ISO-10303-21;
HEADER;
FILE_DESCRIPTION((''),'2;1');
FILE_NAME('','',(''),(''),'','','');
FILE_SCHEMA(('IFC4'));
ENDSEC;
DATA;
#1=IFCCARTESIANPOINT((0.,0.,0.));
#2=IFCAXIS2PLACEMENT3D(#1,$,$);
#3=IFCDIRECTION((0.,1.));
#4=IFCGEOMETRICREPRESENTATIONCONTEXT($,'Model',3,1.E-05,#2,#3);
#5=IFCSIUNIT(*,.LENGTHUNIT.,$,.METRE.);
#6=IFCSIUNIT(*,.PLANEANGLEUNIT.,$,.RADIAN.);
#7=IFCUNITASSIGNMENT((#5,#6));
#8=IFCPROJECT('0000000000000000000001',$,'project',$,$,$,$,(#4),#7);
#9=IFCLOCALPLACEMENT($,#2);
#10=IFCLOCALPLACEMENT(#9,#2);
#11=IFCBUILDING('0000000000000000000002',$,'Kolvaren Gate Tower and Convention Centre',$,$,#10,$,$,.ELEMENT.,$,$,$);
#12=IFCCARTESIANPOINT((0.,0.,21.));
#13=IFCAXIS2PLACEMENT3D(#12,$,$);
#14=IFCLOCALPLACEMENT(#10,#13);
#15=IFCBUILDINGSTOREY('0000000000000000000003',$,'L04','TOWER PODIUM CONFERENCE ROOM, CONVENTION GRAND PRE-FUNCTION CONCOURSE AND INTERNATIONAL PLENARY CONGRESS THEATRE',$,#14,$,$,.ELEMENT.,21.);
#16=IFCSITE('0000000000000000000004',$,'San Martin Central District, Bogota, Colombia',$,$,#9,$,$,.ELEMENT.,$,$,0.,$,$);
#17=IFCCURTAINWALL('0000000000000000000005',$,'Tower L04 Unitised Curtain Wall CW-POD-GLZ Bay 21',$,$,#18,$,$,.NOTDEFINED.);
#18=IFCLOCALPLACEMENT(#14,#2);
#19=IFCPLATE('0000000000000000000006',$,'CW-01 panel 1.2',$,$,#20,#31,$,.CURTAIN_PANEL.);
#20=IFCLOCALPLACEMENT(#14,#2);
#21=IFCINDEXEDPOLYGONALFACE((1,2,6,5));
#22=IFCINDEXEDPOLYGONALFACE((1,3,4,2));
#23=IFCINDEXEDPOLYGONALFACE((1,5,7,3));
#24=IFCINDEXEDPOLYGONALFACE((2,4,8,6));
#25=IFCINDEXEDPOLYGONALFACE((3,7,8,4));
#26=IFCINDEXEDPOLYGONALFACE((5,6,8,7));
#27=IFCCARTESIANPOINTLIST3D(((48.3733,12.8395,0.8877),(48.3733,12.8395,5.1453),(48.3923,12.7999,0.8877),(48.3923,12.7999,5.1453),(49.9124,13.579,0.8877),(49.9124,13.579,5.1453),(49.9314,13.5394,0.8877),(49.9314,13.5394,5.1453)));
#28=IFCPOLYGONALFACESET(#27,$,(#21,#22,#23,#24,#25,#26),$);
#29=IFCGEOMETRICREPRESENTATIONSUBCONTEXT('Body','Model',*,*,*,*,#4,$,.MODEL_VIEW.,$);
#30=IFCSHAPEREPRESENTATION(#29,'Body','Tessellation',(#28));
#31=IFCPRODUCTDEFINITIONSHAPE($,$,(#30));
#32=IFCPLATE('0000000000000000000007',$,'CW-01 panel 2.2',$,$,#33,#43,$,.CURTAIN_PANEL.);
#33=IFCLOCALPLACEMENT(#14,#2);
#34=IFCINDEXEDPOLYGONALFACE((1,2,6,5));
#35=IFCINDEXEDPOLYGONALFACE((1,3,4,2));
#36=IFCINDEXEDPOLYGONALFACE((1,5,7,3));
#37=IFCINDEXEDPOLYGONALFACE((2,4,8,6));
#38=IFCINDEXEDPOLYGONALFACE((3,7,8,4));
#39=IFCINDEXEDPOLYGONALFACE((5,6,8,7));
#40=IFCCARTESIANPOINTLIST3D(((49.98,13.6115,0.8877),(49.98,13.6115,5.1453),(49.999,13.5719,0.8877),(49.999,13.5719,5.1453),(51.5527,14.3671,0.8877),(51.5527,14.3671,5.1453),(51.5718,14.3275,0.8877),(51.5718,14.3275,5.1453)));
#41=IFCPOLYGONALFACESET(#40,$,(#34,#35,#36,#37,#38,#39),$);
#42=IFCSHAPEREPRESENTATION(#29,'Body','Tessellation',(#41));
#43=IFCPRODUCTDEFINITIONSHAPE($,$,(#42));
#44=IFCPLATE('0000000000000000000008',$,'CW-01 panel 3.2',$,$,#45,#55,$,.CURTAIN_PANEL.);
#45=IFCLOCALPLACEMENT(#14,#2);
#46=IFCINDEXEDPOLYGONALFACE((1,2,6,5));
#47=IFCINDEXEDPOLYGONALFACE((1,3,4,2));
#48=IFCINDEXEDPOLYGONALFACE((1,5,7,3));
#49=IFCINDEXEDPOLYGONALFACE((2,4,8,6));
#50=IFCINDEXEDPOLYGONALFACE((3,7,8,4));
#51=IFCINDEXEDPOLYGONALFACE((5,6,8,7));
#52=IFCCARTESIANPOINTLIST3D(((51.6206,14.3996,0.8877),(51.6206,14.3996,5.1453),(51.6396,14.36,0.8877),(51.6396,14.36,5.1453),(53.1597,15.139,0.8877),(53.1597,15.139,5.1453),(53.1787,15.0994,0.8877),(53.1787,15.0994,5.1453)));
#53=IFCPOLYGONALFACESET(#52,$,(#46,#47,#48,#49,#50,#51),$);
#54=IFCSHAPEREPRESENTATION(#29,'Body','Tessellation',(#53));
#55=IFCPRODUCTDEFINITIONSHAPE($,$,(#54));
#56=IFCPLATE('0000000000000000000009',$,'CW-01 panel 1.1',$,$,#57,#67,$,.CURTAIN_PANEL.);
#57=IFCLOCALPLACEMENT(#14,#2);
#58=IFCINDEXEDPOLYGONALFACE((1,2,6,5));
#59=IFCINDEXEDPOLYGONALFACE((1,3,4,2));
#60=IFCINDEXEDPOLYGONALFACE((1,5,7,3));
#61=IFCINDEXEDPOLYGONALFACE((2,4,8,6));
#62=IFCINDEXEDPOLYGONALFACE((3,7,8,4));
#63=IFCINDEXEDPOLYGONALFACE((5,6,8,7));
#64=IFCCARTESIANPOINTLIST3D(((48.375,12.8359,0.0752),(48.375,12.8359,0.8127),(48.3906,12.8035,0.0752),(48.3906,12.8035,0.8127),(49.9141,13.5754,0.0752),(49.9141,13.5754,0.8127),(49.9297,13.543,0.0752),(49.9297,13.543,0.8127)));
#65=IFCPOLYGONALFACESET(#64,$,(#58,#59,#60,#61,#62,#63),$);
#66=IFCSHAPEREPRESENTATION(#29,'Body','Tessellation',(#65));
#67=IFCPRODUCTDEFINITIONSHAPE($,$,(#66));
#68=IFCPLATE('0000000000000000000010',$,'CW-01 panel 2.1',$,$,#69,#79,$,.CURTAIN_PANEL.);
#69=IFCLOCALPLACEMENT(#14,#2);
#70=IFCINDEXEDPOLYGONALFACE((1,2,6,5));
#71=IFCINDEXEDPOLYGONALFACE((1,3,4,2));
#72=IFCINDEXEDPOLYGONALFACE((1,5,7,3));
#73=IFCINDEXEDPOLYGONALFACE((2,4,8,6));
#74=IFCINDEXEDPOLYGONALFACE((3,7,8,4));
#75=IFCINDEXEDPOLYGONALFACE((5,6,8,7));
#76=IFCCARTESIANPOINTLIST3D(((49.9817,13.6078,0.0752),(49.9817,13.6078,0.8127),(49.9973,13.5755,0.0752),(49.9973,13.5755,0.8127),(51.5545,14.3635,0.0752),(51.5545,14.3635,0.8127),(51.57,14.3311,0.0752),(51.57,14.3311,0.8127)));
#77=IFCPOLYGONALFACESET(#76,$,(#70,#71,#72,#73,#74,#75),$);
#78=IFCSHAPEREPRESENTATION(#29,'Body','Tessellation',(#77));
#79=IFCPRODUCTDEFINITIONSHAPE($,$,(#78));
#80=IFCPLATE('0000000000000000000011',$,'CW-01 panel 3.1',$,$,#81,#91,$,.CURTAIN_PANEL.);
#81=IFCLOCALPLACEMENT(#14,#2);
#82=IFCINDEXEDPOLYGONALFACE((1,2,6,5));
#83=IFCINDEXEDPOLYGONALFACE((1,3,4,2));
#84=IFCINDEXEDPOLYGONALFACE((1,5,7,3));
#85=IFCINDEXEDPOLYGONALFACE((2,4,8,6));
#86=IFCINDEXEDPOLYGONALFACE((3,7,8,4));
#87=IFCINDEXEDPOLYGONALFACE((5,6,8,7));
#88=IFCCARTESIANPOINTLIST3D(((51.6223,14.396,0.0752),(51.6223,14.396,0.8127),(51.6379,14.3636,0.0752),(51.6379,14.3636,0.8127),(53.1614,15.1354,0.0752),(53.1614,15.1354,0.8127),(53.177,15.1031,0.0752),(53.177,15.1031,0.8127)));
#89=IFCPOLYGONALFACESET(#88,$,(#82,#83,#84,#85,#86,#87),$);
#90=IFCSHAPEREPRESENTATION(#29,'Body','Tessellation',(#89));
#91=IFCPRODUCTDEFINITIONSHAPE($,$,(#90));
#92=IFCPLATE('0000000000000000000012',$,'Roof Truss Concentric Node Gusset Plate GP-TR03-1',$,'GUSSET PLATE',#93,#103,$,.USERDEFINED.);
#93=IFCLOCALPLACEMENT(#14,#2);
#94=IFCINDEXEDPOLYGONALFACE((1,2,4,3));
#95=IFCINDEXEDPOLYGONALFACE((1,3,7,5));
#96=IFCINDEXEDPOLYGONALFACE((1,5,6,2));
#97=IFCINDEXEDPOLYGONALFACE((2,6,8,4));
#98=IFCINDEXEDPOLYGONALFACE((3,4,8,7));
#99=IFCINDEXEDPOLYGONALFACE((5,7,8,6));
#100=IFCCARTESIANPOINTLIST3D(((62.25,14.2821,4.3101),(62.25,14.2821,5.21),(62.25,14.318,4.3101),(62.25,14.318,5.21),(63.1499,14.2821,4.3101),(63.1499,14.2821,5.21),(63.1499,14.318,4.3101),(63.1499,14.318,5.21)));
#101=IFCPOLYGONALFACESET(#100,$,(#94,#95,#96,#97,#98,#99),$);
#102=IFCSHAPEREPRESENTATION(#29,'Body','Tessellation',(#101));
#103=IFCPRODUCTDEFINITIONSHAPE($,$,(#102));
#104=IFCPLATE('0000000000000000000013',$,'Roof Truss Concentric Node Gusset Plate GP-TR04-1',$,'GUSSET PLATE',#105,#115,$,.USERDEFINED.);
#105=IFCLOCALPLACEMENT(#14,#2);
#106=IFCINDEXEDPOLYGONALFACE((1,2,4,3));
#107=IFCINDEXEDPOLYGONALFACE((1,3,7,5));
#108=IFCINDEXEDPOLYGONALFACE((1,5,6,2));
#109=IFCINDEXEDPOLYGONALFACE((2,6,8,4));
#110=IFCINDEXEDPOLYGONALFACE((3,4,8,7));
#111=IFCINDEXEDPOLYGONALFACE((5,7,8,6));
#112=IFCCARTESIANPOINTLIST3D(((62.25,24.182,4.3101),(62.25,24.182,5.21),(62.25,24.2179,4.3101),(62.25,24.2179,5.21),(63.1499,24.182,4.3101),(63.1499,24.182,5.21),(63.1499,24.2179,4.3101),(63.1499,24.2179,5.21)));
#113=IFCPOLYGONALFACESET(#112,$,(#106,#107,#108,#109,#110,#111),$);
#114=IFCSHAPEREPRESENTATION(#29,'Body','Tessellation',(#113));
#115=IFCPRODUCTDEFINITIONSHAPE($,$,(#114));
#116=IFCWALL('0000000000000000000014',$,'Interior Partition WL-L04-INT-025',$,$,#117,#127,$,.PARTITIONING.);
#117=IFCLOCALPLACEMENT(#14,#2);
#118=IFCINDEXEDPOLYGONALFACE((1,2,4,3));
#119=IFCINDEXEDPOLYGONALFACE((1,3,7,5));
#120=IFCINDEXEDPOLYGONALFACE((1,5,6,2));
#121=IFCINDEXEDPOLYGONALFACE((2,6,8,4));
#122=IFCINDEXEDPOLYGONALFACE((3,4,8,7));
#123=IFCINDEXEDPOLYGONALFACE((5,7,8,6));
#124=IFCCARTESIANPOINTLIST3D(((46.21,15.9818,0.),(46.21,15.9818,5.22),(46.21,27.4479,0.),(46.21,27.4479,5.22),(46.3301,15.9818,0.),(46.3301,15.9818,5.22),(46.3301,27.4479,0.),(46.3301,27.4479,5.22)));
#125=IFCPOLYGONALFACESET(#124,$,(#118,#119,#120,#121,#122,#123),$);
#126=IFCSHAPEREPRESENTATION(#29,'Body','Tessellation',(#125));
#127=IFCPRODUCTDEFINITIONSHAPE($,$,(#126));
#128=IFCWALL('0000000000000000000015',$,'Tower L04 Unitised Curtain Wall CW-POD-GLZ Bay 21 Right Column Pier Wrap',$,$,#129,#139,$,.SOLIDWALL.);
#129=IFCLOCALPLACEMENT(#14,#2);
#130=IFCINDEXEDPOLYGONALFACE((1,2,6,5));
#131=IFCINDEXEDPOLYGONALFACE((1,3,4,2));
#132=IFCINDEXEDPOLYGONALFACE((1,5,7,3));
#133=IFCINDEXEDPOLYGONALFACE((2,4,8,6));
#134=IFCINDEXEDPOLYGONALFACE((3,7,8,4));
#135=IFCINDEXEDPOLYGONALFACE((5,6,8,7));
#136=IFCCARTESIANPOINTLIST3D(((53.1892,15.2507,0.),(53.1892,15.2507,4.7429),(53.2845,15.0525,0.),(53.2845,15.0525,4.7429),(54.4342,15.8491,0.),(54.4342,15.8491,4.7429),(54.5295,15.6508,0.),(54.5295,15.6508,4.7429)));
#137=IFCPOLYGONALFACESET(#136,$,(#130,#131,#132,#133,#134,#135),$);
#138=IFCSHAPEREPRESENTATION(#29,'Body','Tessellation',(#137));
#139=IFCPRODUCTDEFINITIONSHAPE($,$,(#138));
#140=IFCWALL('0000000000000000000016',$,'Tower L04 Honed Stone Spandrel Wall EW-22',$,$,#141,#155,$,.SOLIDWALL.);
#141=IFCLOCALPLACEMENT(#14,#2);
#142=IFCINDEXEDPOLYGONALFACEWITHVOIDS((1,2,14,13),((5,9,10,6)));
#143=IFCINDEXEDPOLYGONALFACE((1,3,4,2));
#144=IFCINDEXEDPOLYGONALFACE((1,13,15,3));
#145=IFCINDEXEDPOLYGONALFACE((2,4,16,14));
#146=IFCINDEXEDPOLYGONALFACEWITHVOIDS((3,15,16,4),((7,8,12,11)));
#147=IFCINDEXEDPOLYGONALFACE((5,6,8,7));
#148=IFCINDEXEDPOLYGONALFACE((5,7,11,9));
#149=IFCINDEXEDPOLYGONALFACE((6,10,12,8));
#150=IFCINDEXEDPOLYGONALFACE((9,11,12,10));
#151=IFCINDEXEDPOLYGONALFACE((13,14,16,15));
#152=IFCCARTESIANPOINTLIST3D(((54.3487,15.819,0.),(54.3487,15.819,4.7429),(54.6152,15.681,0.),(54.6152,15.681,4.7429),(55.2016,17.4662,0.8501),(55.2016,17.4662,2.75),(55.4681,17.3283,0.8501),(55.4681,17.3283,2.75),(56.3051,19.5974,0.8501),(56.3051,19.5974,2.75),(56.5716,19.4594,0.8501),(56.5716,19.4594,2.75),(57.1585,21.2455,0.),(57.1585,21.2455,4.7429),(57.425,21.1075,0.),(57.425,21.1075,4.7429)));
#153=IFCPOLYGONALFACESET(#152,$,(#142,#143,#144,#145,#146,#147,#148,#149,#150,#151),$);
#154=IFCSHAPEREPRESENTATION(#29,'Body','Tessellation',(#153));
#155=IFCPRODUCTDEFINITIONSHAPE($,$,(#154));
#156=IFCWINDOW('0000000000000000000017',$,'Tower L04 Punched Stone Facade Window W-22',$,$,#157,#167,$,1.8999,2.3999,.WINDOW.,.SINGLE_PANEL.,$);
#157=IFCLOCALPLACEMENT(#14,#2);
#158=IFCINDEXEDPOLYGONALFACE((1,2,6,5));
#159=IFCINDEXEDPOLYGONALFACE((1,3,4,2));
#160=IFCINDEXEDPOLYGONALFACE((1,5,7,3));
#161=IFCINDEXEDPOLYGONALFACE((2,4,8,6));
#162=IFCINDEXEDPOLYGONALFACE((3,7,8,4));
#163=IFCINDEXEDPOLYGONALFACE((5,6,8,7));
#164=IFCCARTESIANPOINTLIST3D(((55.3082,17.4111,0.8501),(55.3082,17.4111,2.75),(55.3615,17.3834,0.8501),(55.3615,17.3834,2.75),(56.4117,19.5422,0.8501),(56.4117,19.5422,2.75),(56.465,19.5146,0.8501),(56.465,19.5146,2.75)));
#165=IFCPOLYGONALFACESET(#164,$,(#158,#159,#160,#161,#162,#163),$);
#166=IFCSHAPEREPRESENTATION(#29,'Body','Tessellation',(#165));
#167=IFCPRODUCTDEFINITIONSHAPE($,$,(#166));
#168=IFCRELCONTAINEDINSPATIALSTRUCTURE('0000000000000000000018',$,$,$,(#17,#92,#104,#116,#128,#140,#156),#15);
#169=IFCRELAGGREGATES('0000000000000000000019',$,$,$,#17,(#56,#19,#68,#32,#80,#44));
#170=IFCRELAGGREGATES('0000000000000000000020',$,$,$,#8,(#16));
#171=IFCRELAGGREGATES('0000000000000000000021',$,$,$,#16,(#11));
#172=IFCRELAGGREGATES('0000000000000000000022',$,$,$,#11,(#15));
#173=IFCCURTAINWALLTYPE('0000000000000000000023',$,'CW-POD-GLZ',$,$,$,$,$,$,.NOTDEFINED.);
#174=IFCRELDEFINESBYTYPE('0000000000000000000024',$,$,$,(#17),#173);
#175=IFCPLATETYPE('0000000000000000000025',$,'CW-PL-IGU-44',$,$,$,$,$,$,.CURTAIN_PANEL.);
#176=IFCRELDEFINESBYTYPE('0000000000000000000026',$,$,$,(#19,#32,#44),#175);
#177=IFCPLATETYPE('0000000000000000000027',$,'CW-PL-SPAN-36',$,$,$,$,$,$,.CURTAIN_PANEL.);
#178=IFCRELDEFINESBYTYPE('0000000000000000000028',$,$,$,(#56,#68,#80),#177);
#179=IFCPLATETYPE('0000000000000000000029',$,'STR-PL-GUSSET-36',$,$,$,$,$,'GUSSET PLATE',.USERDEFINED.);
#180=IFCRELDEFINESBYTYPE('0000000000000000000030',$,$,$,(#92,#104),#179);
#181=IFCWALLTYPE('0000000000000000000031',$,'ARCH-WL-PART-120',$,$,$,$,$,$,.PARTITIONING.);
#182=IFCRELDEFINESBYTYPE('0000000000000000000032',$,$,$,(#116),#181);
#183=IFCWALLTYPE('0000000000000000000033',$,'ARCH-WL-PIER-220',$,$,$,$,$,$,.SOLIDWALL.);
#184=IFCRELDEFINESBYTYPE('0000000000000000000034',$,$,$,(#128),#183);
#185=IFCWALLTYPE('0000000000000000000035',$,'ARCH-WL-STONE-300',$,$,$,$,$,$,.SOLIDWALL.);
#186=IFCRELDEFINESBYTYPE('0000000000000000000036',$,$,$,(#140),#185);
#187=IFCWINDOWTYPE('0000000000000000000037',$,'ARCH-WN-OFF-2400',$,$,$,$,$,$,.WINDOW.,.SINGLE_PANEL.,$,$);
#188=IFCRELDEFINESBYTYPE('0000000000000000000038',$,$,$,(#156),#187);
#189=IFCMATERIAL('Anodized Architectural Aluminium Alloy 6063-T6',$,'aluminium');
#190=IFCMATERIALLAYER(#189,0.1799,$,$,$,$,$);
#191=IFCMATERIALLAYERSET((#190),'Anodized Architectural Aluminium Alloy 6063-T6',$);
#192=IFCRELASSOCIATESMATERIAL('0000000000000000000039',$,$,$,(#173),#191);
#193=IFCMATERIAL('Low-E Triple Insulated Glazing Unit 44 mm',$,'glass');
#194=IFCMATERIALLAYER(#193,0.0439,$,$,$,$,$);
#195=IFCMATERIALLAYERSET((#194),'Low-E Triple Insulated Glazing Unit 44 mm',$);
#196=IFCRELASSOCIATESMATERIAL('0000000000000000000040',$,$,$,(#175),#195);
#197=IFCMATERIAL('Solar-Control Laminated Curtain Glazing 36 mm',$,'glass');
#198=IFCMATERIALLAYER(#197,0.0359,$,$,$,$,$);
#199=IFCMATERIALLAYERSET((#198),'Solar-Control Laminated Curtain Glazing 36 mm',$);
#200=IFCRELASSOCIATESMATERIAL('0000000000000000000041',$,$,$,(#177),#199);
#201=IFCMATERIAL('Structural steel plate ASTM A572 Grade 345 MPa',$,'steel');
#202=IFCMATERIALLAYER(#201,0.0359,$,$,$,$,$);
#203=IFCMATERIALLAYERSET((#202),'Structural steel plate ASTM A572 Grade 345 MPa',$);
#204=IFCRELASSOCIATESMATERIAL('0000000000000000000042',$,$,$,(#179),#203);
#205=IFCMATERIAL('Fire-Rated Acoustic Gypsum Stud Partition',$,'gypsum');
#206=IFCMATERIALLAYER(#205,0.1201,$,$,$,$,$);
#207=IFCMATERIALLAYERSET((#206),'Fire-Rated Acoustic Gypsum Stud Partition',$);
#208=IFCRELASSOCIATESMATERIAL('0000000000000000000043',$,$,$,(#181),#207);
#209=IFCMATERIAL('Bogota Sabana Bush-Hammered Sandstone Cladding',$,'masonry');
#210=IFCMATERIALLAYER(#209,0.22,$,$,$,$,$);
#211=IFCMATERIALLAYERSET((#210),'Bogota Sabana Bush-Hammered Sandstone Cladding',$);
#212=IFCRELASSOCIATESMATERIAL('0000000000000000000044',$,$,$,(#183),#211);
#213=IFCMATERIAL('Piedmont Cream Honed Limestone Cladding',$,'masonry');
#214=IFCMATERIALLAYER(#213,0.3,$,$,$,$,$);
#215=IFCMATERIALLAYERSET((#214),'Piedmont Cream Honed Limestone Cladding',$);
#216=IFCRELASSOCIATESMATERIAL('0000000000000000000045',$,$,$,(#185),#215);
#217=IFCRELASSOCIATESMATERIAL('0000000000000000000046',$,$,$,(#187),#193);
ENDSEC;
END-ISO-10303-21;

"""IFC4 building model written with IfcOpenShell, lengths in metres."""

from ifc_helpers import new_model, si_unit, direction, frame, frame_2d, origin, origin_2d, place, context, subcontext, project, spatial, rectangle, extrude, material, layer, layer_set, type_object, element, fill, aggregate, save


model = new_model("IFC4")

# Units and contexts
model_context = context("Model", 3, precision=1e-05, world=origin(), true_north=direction((0.0, 1.0)))
body_context = subcontext(model_context, "Body", "Model", "MODEL_VIEW")
ifc_project = project(units=[si_unit("LENGTHUNIT", "METRE"), si_unit("PLANEANGLEUNIT", "RADIAN")], contexts=[model_context])

# Site, building, storey
site_placement = place(None, origin())
site = spatial("IfcSite", under=ifc_project, at=site_placement, Name="San Martin Central District, Bogota, Colombia", CompositionType="ELEMENT", RefElevation=0.0)
building_placement = place(site_placement, origin())
building = spatial("IfcBuilding", under=site, at=building_placement, Name="Kolvaren Gate Tower and Convention Centre", CompositionType="ELEMENT")
storey_placement = place(building_placement, frame((0.0, 0.0, 21.0)))
storey = spatial("IfcBuildingStorey", under=building, at=storey_placement, Name="L04", Description="TOWER PODIUM CONFERENCE ROOM, CONVENTION GRAND PRE-FUNCTION CONCOURSE AND INTERNATIONAL PLENARY CONGRESS THEATRE", CompositionType="ELEMENT", Elevation=21.0)

# Curtain wall
ifc_material_1 = material(Name="Anodized Architectural Aluminium Alloy 6063-T6", Category="aluminium")
ifc_layer_1 = layer(ifc_material_1, 0.1799)
ifc_layer_set_1 = layer_set([ifc_layer_1], Name="Anodized Architectural Aluminium Alloy 6063-T6")
curtain_wall_type = type_object("IfcCurtainWallType", Name="CW-POD-GLZ", PredefinedType="NOTDEFINED", material=ifc_layer_set_1)
curtain_wall_placement = place(storey_placement, origin())
curtain_wall = element("IfcCurtainWall", 1, at=curtain_wall_placement, inside=storey, type_object=curtain_wall_type, Name="Tower L04 Unitised Curtain Wall CW-POD-GLZ Bay 21", PredefinedType="NOTDEFINED")

# Plates
ifc_material_2 = material(Name="Low-E Triple Insulated Glazing Unit 44 mm", Category="glass")
ifc_layer_2 = layer(ifc_material_2, 0.0439)
ifc_layer_set_2 = layer_set([ifc_layer_2], Name="Low-E Triple Insulated Glazing Unit 44 mm")
plate_type_1 = type_object("IfcPlateType", Name="CW-PL-IGU-44", PredefinedType="CURTAIN_PANEL", material=ifc_layer_set_2)
plate_1_placement = place(storey_placement, frame((49.1523, 13.1895, 0.8877), z_axis=(0.0, 0.0, 1.0), x_axis=(0.901364, 0.433063, 0.0)))
plate_1 = element("IfcPlate", 2, at=plate_1_placement, type_object=plate_type_1, Name="CW-01 panel 1.2", PredefinedType="CURTAIN_PANEL", context=body_context, shape_type="SweptSolid", body=[
    extrude(rectangle(XDim=1.7075, YDim=0.0439, at=origin_2d()), origin(), (0.0, 0.0, 1.0), 4.2576),
])
plate_2_placement = place(storey_placement, frame((50.7759, 13.9695, 0.8877), z_axis=(0.0, 0.0, 1.0), x_axis=(0.901364, 0.433063, 0.0)))
plate_2 = element("IfcPlate", 3, at=plate_2_placement, type_object=plate_type_1, Name="CW-01 panel 2.2", PredefinedType="CURTAIN_PANEL", context=body_context, shape_type="SweptSolid", body=[
    extrude(rectangle(XDim=1.7449, YDim=0.0439, at=origin_2d()), origin(), (0.0, 0.0, 1.0), 4.2576),
])
plate_3_placement = place(storey_placement, frame((52.3997, 14.7495, 0.8877), z_axis=(0.0, 0.0, 1.0), x_axis=(0.901364, 0.433063, 0.0)))
plate_3 = element("IfcPlate", 4, at=plate_3_placement, type_object=plate_type_1, Name="CW-01 panel 3.2", PredefinedType="CURTAIN_PANEL", context=body_context, shape_type="SweptSolid", body=[
    extrude(rectangle(XDim=1.7075, YDim=0.0439, at=origin_2d()), origin(), (0.0, 0.0, 1.0), 4.2576),
])
ifc_material_3 = material(Name="Solar-Control Laminated Curtain Glazing 36 mm", Category="glass")
ifc_layer_3 = layer(ifc_material_3, 0.0359)
ifc_layer_set_3 = layer_set([ifc_layer_3], Name="Solar-Control Laminated Curtain Glazing 36 mm")
plate_type_2 = type_object("IfcPlateType", Name="CW-PL-SPAN-36", PredefinedType="CURTAIN_PANEL", material=ifc_layer_set_3)
plate_4_placement = place(storey_placement, frame((49.1523, 13.1895, 0.0752), z_axis=(0.0, 0.0, 1.0), x_axis=(0.901364, 0.433063, 0.0)))
plate_4 = element("IfcPlate", 5, at=plate_4_placement, type_object=plate_type_2, Name="CW-01 panel 1.1", PredefinedType="CURTAIN_PANEL", context=body_context, shape_type="SweptSolid", body=[
    extrude(rectangle(XDim=1.7075, YDim=0.0359, at=origin_2d()), origin(), (0.0, 0.0, 1.0), 0.7375),
])
plate_5_placement = place(storey_placement, frame((50.7759, 13.9695, 0.0752), z_axis=(0.0, 0.0, 1.0), x_axis=(0.901364, 0.433063, 0.0)))
plate_5 = element("IfcPlate", 6, at=plate_5_placement, type_object=plate_type_2, Name="CW-01 panel 2.1", PredefinedType="CURTAIN_PANEL", context=body_context, shape_type="SweptSolid", body=[
    extrude(rectangle(XDim=1.7449, YDim=0.0359, at=origin_2d()), origin(), (0.0, 0.0, 1.0), 0.7375),
])
plate_6_placement = place(storey_placement, frame((52.3997, 14.7495, 0.0752), z_axis=(0.0, 0.0, 1.0), x_axis=(0.901364, 0.433063, 0.0)))
plate_6 = element("IfcPlate", 7, at=plate_6_placement, type_object=plate_type_2, Name="CW-01 panel 3.1", PredefinedType="CURTAIN_PANEL", context=body_context, shape_type="SweptSolid", body=[
    extrude(rectangle(XDim=1.7075, YDim=0.0359, at=origin_2d()), origin(), (0.0, 0.0, 1.0), 0.7375),
])
aggregate(curtain_wall, [plate_4, plate_1, plate_5, plate_2, plate_6, plate_3])

# Plates
ifc_material_4 = material(Name="Structural steel plate ASTM A572 Grade 345 MPa", Category="steel")
ifc_layer_4 = layer(ifc_material_4, 0.0359)
ifc_layer_set_4 = layer_set([ifc_layer_4], Name="Structural steel plate ASTM A572 Grade 345 MPa")
plate_type_3 = type_object("IfcPlateType", Name="STR-PL-GUSSET-36", ElementType="GUSSET PLATE", PredefinedType="USERDEFINED", material=ifc_layer_set_4)
for number, where, z_axis, x_axis, name in (
    (8, (62.7, 14.3, 4.3101), (0.0, 0.0, 1.0), (1.0, 0.0, 0.0), "Roof Truss Concentric Node Gusset Plate GP-TR03-1"),
    (9, (62.7, 24.2, 4.3101), (0.0, 0.0, 1.0), (1.0, 0.0, 0.0), "Roof Truss Concentric Node Gusset Plate GP-TR04-1"),
):
    element("IfcPlate", number, at=place(storey_placement, frame(where, z_axis=z_axis, x_axis=x_axis)), inside=storey, type_object=plate_type_3, Name=name, ObjectType="GUSSET PLATE", PredefinedType="USERDEFINED", context=body_context, shape_type="SweptSolid", body=[
        extrude(rectangle(XDim=0.8999, YDim=0.0359, at=origin_2d()), origin(), (0.0, 0.0, 1.0), 0.8999),
    ])

# Walls
ifc_material_5 = material(Name="Fire-Rated Acoustic Gypsum Stud Partition", Category="gypsum")
ifc_layer_5 = layer(ifc_material_5, 0.1201)
ifc_layer_set_5 = layer_set([ifc_layer_5], Name="Fire-Rated Acoustic Gypsum Stud Partition")
wall_type_1 = type_object("IfcWallType", Name="ARCH-WL-PART-120", PredefinedType="PARTITIONING", material=ifc_layer_set_5)
wall_1_placement = place(storey_placement, frame((46.27, 15.9819, 0.0), z_axis=(0.0, 0.0, 1.0), x_axis=(0.0, 1.0, 0.0)))
element("IfcWall", 10, at=wall_1_placement, inside=storey, type_object=wall_type_1, Name="Interior Partition WL-L04-INT-025", PredefinedType="PARTITIONING", context=body_context, shape_type="SweptSolid", body=[
    extrude(rectangle(XDim=11.4661, YDim=0.1201, at=frame_2d((5.7329, 0.0))), origin(), (0.0, 0.0, 1.0), 5.22),
])
ifc_material_6 = material(Name="Bogota Sabana Bush-Hammered Sandstone Cladding", Category="masonry")
ifc_layer_6 = layer(ifc_material_6, 0.22)
ifc_layer_set_6 = layer_set([ifc_layer_6], Name="Bogota Sabana Bush-Hammered Sandstone Cladding")
wall_type_2 = type_object("IfcWallType", Name="ARCH-WL-PIER-220", PredefinedType="SOLIDWALL", material=ifc_layer_set_6)
wall_2_placement = place(storey_placement, frame((53.2368, 15.1516, 0.0), z_axis=(0.0, 0.0, 1.0), x_axis=(0.901316, 0.433162, 0.0)))
element("IfcWall", 11, at=wall_2_placement, inside=storey, type_object=wall_type_2, Name="Tower L04 Unitised Curtain Wall CW-POD-GLZ Bay 21 Right Column Pier Wrap", PredefinedType="SOLIDWALL", context=body_context, shape_type="SweptSolid", body=[
    extrude(rectangle(XDim=1.3813, YDim=0.22, at=frame_2d((0.6907, 0.0))), origin(), (0.0, 0.0, 1.0), 4.7429),
])

# Wall, opening, window
ifc_material_7 = material(Name="Piedmont Cream Honed Limestone Cladding", Category="masonry")
ifc_layer_7 = layer(ifc_material_7, 0.3)
ifc_layer_set_7 = layer_set([ifc_layer_7], Name="Piedmont Cream Honed Limestone Cladding")
wall_type_3 = type_object("IfcWallType", Name="ARCH-WL-STONE-300", PredefinedType="SOLIDWALL", material=ifc_layer_set_7)
wall_3_placement = place(storey_placement, frame((54.4819, 15.75, 0.0), z_axis=(0.0, 0.0, 1.0), x_axis=(0.45981, 0.888017, 0.0)))
wall_3 = element("IfcWall", 12, at=wall_3_placement, inside=storey, type_object=wall_type_3, Name="Tower L04 Honed Stone Spandrel Wall EW-22", PredefinedType="SOLIDWALL", context=body_context, shape_type="SweptSolid", body=[
    extrude(rectangle(XDim=6.1108, YDim=0.3, at=frame_2d((3.0554, 0.0))), origin(), (0.0, 0.0, 1.0), 4.7429),
])
opening_1_placement = place(wall_3_placement, frame((1.855, 0.0, 0.8501)))
opening_1 = element("IfcOpeningElement", 13, at=opening_1_placement, cuts=wall_3, PredefinedType="OPENING", context=body_context, shape_type="SweptSolid", body=[
    extrude(rectangle(XDim=2.3999, YDim=1.8999, at=frame_2d((1.2, 0.95))), frame((0.0, 0.1599, 0.0), z_axis=(0.0, -1.0, 0.0), x_axis=(1.0, 0.0, 0.0)), (0.0, 0.0, 1.0), 0.3201),
])
window_type = type_object("IfcWindowType", Name="ARCH-WN-OFF-2400", PartitioningType="SINGLE_PANEL", PredefinedType="WINDOW", material=ifc_material_2)
window_1_placement = place(opening_1_placement, origin())
window_1 = element("IfcWindow", 14, at=window_1_placement, inside=storey, type_object=window_type, Name="Tower L04 Punched Stone Facade Window W-22", OverallHeight=1.8999, OverallWidth=2.3999, PartitioningType="SINGLE_PANEL", PredefinedType="WINDOW", context=body_context, shape_type="SweptSolid", body=[
    extrude(rectangle(XDim=2.3999, YDim=1.8999, at=frame_2d((1.2, 0.95))), frame((0.0, 0.03, 0.0), z_axis=(0.0, -1.0, 0.0), x_axis=(1.0, 0.0, 0.0)), (0.0, 0.0, 1.0), 0.0601),
])
fill(opening_1, window_1)

save(model, "model.ifc")
